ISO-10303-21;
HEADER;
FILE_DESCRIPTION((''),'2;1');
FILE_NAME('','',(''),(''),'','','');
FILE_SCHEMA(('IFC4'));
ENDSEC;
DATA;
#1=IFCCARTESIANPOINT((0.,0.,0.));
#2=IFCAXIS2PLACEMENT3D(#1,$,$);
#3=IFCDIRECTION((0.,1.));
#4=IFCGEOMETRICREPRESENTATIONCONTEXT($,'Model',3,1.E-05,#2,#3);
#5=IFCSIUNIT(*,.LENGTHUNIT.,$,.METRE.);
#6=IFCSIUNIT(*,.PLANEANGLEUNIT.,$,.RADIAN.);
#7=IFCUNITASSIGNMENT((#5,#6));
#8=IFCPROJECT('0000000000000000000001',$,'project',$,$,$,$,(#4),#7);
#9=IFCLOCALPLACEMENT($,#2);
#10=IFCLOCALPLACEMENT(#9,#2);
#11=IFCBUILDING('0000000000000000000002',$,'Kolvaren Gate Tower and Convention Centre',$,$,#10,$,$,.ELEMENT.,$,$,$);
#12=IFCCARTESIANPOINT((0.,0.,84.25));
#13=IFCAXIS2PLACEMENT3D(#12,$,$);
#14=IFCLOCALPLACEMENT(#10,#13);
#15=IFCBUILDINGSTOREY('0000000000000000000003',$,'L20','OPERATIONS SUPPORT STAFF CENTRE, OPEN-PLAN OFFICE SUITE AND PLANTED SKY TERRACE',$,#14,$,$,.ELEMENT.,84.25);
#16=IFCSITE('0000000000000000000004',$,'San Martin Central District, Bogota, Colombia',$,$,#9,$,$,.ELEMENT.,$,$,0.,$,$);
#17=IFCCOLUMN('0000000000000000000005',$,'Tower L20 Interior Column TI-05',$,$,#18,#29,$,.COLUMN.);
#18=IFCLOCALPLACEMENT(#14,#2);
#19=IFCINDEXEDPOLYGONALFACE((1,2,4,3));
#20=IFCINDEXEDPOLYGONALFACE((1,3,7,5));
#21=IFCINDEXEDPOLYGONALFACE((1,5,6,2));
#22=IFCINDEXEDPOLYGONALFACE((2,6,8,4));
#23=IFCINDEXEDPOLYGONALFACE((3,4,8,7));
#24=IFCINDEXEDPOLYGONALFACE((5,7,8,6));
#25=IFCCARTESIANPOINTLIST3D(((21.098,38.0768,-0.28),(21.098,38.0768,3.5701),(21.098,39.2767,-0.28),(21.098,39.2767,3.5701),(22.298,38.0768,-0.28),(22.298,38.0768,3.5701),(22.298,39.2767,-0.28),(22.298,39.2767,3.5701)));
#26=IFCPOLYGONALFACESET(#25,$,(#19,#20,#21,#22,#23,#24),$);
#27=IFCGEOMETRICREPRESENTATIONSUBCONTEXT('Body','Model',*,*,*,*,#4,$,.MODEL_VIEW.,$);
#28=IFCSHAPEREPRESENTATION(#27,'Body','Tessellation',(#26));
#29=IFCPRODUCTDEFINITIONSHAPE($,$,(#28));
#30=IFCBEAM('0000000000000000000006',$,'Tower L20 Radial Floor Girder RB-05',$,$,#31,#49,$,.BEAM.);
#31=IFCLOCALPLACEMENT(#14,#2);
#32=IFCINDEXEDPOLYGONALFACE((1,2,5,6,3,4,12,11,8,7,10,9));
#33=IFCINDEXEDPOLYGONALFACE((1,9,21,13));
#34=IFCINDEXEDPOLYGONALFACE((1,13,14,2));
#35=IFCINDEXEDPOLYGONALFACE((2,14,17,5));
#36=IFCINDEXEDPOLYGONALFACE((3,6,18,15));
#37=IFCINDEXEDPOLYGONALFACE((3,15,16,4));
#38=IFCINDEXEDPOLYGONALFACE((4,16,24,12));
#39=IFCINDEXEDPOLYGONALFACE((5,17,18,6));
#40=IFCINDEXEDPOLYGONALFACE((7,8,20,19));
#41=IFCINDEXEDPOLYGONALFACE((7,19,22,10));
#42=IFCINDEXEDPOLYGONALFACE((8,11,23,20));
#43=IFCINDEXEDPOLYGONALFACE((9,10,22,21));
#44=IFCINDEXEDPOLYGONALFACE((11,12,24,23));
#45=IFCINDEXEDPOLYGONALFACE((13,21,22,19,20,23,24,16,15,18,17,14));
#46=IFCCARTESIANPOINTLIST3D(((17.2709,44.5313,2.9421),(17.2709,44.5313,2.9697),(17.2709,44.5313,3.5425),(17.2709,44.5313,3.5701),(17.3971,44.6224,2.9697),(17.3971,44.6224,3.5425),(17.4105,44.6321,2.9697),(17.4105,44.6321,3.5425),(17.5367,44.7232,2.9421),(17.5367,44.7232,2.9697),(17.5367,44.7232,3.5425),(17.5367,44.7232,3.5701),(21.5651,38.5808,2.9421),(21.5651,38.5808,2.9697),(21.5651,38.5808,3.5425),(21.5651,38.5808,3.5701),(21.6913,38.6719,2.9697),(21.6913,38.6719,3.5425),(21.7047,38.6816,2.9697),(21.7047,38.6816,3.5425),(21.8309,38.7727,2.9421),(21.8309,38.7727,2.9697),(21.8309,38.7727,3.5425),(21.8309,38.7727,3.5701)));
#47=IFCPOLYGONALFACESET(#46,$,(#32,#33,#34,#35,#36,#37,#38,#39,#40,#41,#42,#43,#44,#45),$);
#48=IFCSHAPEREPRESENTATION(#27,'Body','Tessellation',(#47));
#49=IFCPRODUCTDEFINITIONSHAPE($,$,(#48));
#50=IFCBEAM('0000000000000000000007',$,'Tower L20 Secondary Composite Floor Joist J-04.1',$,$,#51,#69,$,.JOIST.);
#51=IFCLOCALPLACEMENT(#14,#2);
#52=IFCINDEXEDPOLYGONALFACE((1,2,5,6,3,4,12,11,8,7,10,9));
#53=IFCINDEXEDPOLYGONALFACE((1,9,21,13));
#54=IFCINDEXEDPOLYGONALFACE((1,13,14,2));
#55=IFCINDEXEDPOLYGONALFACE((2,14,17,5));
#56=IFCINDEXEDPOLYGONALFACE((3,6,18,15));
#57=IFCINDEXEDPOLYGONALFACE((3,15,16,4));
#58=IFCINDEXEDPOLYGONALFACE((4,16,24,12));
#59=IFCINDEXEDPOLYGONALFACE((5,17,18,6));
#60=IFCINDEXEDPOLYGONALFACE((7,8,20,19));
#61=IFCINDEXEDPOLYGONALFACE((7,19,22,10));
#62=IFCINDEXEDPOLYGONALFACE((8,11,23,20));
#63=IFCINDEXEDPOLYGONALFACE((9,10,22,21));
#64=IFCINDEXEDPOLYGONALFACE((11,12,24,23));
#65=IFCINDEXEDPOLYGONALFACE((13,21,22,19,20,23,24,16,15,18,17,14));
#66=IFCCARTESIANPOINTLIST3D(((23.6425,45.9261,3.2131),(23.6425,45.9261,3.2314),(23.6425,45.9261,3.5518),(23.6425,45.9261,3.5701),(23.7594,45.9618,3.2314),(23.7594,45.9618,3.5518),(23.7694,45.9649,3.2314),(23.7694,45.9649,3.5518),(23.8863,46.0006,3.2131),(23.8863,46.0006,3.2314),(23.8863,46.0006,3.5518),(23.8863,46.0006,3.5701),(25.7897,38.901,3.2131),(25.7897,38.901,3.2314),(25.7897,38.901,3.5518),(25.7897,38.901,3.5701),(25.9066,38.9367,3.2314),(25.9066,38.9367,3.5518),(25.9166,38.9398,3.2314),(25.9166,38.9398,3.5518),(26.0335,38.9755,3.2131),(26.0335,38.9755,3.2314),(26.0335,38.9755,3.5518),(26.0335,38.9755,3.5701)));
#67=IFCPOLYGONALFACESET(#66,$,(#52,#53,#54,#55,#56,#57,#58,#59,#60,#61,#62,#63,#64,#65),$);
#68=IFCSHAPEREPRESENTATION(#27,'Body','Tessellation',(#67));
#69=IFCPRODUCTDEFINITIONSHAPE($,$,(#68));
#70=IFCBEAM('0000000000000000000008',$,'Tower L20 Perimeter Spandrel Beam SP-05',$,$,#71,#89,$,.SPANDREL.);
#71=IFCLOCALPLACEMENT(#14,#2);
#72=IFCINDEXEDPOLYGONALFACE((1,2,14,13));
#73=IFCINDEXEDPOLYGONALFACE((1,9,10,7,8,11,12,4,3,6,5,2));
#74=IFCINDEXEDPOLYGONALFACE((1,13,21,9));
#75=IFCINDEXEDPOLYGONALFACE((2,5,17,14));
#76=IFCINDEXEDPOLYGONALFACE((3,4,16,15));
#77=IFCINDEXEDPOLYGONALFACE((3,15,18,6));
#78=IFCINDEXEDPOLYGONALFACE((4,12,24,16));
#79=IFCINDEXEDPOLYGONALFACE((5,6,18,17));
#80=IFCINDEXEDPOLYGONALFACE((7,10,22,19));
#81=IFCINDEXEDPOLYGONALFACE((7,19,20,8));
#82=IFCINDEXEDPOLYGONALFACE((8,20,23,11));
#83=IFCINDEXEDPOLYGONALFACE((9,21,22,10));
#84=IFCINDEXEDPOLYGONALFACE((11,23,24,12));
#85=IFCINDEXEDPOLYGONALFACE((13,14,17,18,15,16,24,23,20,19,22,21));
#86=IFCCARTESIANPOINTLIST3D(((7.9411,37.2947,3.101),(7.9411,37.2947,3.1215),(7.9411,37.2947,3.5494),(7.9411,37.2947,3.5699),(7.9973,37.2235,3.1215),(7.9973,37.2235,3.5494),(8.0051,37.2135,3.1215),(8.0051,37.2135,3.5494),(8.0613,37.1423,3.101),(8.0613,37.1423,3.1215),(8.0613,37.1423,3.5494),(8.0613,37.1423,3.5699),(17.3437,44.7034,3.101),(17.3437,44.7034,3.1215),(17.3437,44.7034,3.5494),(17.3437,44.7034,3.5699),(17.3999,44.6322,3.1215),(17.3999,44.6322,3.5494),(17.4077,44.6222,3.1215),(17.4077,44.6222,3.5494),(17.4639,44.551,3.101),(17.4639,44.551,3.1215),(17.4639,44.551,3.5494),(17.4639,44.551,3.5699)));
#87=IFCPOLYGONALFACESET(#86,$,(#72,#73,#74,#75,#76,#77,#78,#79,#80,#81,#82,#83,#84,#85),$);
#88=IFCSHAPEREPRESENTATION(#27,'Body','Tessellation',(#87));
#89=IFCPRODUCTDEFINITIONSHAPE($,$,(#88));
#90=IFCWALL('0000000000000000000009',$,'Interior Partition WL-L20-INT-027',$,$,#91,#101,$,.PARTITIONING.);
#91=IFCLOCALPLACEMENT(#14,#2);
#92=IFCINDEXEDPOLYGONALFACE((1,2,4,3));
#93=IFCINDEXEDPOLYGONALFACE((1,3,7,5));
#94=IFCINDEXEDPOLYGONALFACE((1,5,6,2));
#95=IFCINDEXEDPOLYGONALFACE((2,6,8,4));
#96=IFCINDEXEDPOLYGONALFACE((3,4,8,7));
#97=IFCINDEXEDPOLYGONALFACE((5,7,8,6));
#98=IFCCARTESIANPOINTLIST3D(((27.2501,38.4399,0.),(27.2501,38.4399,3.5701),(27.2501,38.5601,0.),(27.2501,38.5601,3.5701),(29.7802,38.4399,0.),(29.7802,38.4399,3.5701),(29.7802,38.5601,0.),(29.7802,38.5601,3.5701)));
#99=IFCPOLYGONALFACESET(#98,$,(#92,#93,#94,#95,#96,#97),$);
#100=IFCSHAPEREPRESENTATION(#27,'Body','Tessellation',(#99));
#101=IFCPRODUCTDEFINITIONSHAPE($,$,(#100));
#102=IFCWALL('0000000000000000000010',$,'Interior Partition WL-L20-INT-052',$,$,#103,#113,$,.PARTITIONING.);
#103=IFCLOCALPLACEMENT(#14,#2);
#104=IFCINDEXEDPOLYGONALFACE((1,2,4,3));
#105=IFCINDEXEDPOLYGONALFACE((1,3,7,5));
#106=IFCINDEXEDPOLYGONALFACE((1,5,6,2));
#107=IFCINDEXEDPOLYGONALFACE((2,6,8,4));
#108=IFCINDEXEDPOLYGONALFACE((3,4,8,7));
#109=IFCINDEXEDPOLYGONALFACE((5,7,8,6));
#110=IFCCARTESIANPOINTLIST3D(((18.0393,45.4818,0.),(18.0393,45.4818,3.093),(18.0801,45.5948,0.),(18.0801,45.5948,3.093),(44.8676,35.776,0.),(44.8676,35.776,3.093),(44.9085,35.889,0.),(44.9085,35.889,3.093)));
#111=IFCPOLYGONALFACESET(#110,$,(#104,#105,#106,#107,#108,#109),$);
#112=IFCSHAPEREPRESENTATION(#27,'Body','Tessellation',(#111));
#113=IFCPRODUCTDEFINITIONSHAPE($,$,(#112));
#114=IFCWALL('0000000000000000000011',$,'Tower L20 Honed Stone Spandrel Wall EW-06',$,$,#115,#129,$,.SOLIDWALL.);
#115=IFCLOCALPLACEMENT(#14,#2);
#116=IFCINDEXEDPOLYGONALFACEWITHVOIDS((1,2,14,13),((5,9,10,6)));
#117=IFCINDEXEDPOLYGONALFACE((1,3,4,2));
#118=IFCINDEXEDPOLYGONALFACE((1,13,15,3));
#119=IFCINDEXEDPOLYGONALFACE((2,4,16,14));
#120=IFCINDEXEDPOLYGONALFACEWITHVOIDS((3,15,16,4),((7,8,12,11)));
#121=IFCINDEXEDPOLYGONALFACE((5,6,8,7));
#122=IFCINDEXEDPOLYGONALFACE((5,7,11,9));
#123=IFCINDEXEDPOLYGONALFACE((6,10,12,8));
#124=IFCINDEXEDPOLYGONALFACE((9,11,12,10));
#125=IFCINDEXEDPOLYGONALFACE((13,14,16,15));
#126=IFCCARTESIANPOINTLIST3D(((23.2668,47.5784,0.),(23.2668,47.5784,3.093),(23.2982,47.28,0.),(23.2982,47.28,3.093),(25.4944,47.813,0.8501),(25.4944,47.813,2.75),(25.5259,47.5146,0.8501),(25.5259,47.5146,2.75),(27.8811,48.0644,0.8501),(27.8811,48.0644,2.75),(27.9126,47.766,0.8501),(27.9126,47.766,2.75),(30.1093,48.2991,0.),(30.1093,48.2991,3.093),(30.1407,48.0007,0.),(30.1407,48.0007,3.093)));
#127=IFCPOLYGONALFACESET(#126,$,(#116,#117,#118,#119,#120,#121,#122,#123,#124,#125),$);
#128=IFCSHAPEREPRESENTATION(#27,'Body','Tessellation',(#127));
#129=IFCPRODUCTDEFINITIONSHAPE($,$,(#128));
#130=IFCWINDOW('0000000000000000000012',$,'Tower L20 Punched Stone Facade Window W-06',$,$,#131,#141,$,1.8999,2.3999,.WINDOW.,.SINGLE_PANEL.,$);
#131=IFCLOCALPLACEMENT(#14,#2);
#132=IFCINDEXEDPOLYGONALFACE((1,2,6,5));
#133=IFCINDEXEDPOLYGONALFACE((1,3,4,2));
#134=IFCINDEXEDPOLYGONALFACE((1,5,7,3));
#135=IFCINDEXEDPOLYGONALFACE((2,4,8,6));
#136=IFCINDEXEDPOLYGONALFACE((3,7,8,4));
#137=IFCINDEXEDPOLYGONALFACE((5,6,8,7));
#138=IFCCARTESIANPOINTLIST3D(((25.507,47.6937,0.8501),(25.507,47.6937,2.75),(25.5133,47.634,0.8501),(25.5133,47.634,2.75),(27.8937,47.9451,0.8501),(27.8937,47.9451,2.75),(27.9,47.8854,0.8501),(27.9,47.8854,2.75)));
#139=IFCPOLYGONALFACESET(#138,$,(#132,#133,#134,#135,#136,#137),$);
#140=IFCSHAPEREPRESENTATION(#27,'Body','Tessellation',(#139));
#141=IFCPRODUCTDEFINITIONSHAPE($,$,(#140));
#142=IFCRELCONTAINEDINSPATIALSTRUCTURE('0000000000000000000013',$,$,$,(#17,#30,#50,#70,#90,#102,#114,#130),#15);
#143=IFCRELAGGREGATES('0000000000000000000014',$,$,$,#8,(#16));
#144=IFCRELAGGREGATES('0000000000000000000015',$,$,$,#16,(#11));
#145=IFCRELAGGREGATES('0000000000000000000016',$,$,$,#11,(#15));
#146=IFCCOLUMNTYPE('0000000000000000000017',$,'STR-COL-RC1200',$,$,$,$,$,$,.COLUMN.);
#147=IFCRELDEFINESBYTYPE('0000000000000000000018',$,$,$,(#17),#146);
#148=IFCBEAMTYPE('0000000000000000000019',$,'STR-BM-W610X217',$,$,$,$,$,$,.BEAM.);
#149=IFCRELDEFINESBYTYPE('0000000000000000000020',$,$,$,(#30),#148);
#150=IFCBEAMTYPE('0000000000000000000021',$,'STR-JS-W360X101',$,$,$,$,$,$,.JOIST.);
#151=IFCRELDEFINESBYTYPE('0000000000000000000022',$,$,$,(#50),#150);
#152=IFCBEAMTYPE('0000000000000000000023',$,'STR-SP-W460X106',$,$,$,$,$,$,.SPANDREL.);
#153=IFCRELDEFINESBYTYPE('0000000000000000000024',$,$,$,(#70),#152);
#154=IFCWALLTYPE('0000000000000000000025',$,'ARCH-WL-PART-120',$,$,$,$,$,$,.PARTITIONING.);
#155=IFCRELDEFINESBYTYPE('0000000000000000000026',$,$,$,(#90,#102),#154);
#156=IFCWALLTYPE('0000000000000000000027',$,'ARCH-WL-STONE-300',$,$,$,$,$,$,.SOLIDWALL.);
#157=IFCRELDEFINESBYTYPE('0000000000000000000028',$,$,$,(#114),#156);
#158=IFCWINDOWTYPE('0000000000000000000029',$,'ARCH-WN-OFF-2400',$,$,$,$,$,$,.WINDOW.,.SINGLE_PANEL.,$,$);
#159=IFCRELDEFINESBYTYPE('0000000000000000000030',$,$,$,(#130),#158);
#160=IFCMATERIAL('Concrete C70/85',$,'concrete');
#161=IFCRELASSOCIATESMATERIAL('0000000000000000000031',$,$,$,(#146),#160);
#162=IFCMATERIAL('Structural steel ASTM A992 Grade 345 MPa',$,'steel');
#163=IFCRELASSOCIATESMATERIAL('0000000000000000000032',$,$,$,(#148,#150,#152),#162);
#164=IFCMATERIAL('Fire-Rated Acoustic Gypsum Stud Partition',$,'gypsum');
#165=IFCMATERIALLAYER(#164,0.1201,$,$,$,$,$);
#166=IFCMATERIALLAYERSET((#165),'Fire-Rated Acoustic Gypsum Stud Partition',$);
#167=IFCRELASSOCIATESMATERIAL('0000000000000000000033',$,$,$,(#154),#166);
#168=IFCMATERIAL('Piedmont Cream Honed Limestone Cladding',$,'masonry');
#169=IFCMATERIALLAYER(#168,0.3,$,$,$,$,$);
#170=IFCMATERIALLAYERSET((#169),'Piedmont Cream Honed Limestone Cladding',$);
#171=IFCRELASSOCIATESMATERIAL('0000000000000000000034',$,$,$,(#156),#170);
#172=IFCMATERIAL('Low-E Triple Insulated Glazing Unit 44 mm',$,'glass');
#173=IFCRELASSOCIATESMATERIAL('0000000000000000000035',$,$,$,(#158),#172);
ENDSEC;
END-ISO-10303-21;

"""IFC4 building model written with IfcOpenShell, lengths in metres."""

from ifc_helpers import new_model, si_unit, direction, frame, frame_2d, origin, origin_2d, place, context, subcontext, project, spatial, rectangle, i_section, extrude, material, layer, layer_set, material_profile, profile_set, type_object, element, fill, save


model = new_model("IFC4")

# Units and contexts
model_context = context("Model", 3, precision=1e-05, world=origin(), true_north=direction((0.0, 1.0)))
body_context = subcontext(model_context, "Body", "Model", "MODEL_VIEW")
ifc_project = project(units=[si_unit("LENGTHUNIT", "METRE"), si_unit("PLANEANGLEUNIT", "RADIAN")], contexts=[model_context])

# Site, building, storey
site_placement = place(None, origin())
site = spatial("IfcSite", under=ifc_project, at=site_placement, Name="San Martin Central District, Bogota, Colombia", CompositionType="ELEMENT", RefElevation=0.0)
building_placement = place(site_placement, origin())
building = spatial("IfcBuilding", under=site, at=building_placement, Name="Kolvaren Gate Tower and Convention Centre", CompositionType="ELEMENT")
storey_placement = place(building_placement, frame((0.0, 0.0, 84.25)))
storey = spatial("IfcBuildingStorey", under=building, at=storey_placement, Name="L20", Description="OPERATIONS SUPPORT STAFF CENTRE, OPEN-PLAN OFFICE SUITE AND PLANTED SKY TERRACE", CompositionType="ELEMENT", Elevation=84.25)

# Column
ifc_material_1 = material(Name="Concrete C70/85", Category="concrete")
ifc_material_profile_1 = material_profile(ifc_material_1, rectangle(XDim=1.2, YDim=1.2, at=origin_2d()), Name="RC-COL-1200X1200")
ifc_profile_set_1 = profile_set([ifc_material_profile_1], Name="Concrete C70/85")
column_type = type_object("IfcColumnType", Name="STR-COL-RC1200", PredefinedType="COLUMN", material=ifc_profile_set_1)
column_placement = place(storey_placement, frame((21.698, 38.6768, -0.28), z_axis=(0.0, 0.0, 1.0), x_axis=(1.0, 0.0, 0.0)))
element("IfcColumn", 1, at=column_placement, inside=storey, type_object=column_type, Name="Tower L20 Interior Column TI-05", PredefinedType="COLUMN", context=body_context, shape_type="SweptSolid", body=[
    extrude(rectangle(XDim=1.2, YDim=1.2, at=origin_2d()), origin(), (0.0, 0.0, 1.0), 3.8501),
])

# Beams
ifc_material_2 = material(Name="Structural steel ASTM A992 Grade 345 MPa", Category="steel")
ifc_material_profile_2 = material_profile(ifc_material_2, i_section(OverallWidth=0.3279, OverallDepth=0.6279, WebThickness=0.0166, FlangeThickness=0.0276, at=origin_2d()), Name="W610X217")
ifc_profile_set_2 = profile_set([ifc_material_profile_2], Name="Structural steel ASTM A992 Grade 345 MPa")
beam_type_1 = type_object("IfcBeamType", Name="STR-BM-W610X217", PredefinedType="BEAM", material=ifc_profile_set_2)
beam_1_placement = place(storey_placement, frame((21.698, 38.6768, 3.2561), z_axis=(-0.58519, 0.810896, 0.0), x_axis=(-0.810896, -0.58519, 0.0)))
element("IfcBeam", 2, at=beam_1_placement, inside=storey, type_object=beam_type_1, Name="Tower L20 Radial Floor Girder RB-05", PredefinedType="BEAM", context=body_context, shape_type="SweptSolid", body=[
    extrude(i_section(OverallWidth=0.3279, OverallDepth=0.6279, WebThickness=0.0166, FlangeThickness=0.0276, at=origin_2d()), origin(), (0.0, 0.0, 1.0), 7.3381),
])
ifc_material_profile_3 = material_profile(ifc_material_2, i_section(OverallWidth=0.2549, OverallDepth=0.3569, WebThickness=0.0105, FlangeThickness=0.0183, at=origin_2d()), Name="W360X101")
ifc_profile_set_3 = profile_set([ifc_material_profile_3], Name="Structural steel ASTM A992 Grade 345 MPa")
beam_type_2 = type_object("IfcBeamType", Name="STR-JS-W360X101", PredefinedType="JOIST", material=ifc_profile_set_3)
beam_2_placement = place(storey_placement, frame((25.9116, 38.9382, 3.3916), z_axis=(-0.292299, 0.956327, 0.0), x_axis=(-0.956327, -0.292299, 0.0)))
element("IfcBeam", 3, at=beam_2_placement, inside=storey, type_object=beam_type_2, Name="Tower L20 Secondary Composite Floor Joist J-04.1", PredefinedType="JOIST", context=body_context, shape_type="SweptSolid", body=[
    extrude(i_section(OverallWidth=0.2549, OverallDepth=0.3569, WebThickness=0.0105, FlangeThickness=0.0183, at=origin_2d()), origin(), (0.0, 0.0, 1.0), 7.3459),
])
ifc_material_profile_4 = material_profile(ifc_material_2, i_section(OverallWidth=0.1941, OverallDepth=0.469, WebThickness=0.0127, FlangeThickness=0.0205, at=origin_2d()), Name="W460X106")
ifc_profile_set_4 = profile_set([ifc_material_profile_4], Name="Structural steel ASTM A992 Grade 345 MPa")
beam_type_3 = type_object("IfcBeamType", Name="STR-SP-W460X106", PredefinedType="SPANDREL", material=ifc_profile_set_4)
beam_3_placement = place(storey_placement, frame((17.4038, 44.6272, 3.3354), z_axis=(-0.785468, -0.618903, 0.0), x_axis=(0.618903, -0.785468, 0.0)))
element("IfcBeam", 4, at=beam_3_placement, inside=storey, type_object=beam_type_3, Name="Tower L20 Perimeter Spandrel Beam SP-05", PredefinedType="SPANDREL", context=body_context, shape_type="SweptSolid", body=[
    extrude(i_section(OverallWidth=0.1941, OverallDepth=0.469, WebThickness=0.0127, FlangeThickness=0.0205, at=origin_2d()), origin(), (0.0, 0.0, 1.0), 11.9707),
])

# Walls
ifc_material_3 = material(Name="Fire-Rated Acoustic Gypsum Stud Partition", Category="gypsum")
ifc_layer_1 = layer(ifc_material_3, 0.1201)
ifc_layer_set_1 = layer_set([ifc_layer_1], Name="Fire-Rated Acoustic Gypsum Stud Partition")
wall_type_1 = type_object("IfcWallType", Name="ARCH-WL-PART-120", PredefinedType="PARTITIONING", material=ifc_layer_set_1)
wall_1_placement = place(storey_placement, frame((27.25, 38.5, 0.0), z_axis=(0.0, 0.0, 1.0), x_axis=(1.0, 0.0, 0.0)))
element("IfcWall", 5, at=wall_1_placement, inside=storey, type_object=wall_type_1, Name="Interior Partition WL-L20-INT-027", PredefinedType="PARTITIONING", context=body_context, shape_type="SweptSolid", body=[
    extrude(rectangle(XDim=2.53, YDim=0.1201, at=frame_2d((1.2651, 0.0))), origin(), (0.0, 0.0, 1.0), 3.5701),
])
wall_2_placement = place(storey_placement, frame((18.0596, 45.5383, 0.0), z_axis=(0.0, 0.0, 1.0), x_axis=(0.940355, -0.340196, 0.0)))
element("IfcWall", 6, at=wall_2_placement, inside=storey, type_object=wall_type_1, Name="Interior Partition WL-L20-INT-052", PredefinedType="PARTITIONING", context=body_context, shape_type="SweptSolid", body=[
    extrude(rectangle(XDim=28.53, YDim=0.1201, at=frame_2d((14.2651, 0.0))), origin(), (0.0, 0.0, 1.0), 3.093),
])

# Wall, opening, window
ifc_material_4 = material(Name="Piedmont Cream Honed Limestone Cladding", Category="masonry")
ifc_layer_2 = layer(ifc_material_4, 0.3)
ifc_layer_set_2 = layer_set([ifc_layer_2], Name="Piedmont Cream Honed Limestone Cladding")
wall_type_2 = type_object("IfcWallType", Name="ARCH-WL-STONE-300", PredefinedType="SOLIDWALL", material=ifc_layer_set_2)
wall_3_placement = place(storey_placement, frame((23.2825, 47.4292, 0.0), z_axis=(0.0, 0.0, 1.0), x_axis=(0.994499, 0.104748, 0.0)))
wall_3 = element("IfcWall", 7, at=wall_3_placement, inside=storey, type_object=wall_type_2, Name="Tower L20 Honed Stone Spandrel Wall EW-06", PredefinedType="SOLIDWALL", context=body_context, shape_type="SweptSolid", body=[
    extrude(rectangle(XDim=6.8804, YDim=0.3, at=frame_2d((3.4402, 0.0))), origin(), (0.0, 0.0, 1.0), 3.093),
])
opening_1_placement = place(wall_3_placement, frame((2.24, 0.0, 0.8501)))
opening_1 = element("IfcOpeningElement", 8, at=opening_1_placement, cuts=wall_3, PredefinedType="OPENING", context=body_context, shape_type="SweptSolid", body=[
    extrude(rectangle(XDim=2.3999, YDim=1.8999, at=frame_2d((1.2, 0.95))), frame((0.0, 0.1599, 0.0), z_axis=(0.0, -1.0, 0.0), x_axis=(1.0, 0.0, 0.0)), (0.0, 0.0, 1.0), 0.3201),
])
ifc_material_5 = material(Name="Low-E Triple Insulated Glazing Unit 44 mm", Category="glass")
window_type = type_object("IfcWindowType", Name="ARCH-WN-OFF-2400", PartitioningType="SINGLE_PANEL", PredefinedType="WINDOW", material=ifc_material_5)
window_placement = place(opening_1_placement, origin())
window = element("IfcWindow", 9, at=window_placement, inside=storey, type_object=window_type, Name="Tower L20 Punched Stone Facade Window W-06", OverallHeight=1.8999, OverallWidth=2.3999, PartitioningType="SINGLE_PANEL", PredefinedType="WINDOW", context=body_context, shape_type="SweptSolid", body=[
    extrude(rectangle(XDim=2.3999, YDim=1.8999, at=frame_2d((1.2, 0.95))), frame((0.0, 0.03, 0.0), z_axis=(0.0, -1.0, 0.0), x_axis=(1.0, 0.0, 0.0)), (0.0, 0.0, 1.0), 0.0601),
])
fill(opening_1, window)

save(model, "model.ifc")
